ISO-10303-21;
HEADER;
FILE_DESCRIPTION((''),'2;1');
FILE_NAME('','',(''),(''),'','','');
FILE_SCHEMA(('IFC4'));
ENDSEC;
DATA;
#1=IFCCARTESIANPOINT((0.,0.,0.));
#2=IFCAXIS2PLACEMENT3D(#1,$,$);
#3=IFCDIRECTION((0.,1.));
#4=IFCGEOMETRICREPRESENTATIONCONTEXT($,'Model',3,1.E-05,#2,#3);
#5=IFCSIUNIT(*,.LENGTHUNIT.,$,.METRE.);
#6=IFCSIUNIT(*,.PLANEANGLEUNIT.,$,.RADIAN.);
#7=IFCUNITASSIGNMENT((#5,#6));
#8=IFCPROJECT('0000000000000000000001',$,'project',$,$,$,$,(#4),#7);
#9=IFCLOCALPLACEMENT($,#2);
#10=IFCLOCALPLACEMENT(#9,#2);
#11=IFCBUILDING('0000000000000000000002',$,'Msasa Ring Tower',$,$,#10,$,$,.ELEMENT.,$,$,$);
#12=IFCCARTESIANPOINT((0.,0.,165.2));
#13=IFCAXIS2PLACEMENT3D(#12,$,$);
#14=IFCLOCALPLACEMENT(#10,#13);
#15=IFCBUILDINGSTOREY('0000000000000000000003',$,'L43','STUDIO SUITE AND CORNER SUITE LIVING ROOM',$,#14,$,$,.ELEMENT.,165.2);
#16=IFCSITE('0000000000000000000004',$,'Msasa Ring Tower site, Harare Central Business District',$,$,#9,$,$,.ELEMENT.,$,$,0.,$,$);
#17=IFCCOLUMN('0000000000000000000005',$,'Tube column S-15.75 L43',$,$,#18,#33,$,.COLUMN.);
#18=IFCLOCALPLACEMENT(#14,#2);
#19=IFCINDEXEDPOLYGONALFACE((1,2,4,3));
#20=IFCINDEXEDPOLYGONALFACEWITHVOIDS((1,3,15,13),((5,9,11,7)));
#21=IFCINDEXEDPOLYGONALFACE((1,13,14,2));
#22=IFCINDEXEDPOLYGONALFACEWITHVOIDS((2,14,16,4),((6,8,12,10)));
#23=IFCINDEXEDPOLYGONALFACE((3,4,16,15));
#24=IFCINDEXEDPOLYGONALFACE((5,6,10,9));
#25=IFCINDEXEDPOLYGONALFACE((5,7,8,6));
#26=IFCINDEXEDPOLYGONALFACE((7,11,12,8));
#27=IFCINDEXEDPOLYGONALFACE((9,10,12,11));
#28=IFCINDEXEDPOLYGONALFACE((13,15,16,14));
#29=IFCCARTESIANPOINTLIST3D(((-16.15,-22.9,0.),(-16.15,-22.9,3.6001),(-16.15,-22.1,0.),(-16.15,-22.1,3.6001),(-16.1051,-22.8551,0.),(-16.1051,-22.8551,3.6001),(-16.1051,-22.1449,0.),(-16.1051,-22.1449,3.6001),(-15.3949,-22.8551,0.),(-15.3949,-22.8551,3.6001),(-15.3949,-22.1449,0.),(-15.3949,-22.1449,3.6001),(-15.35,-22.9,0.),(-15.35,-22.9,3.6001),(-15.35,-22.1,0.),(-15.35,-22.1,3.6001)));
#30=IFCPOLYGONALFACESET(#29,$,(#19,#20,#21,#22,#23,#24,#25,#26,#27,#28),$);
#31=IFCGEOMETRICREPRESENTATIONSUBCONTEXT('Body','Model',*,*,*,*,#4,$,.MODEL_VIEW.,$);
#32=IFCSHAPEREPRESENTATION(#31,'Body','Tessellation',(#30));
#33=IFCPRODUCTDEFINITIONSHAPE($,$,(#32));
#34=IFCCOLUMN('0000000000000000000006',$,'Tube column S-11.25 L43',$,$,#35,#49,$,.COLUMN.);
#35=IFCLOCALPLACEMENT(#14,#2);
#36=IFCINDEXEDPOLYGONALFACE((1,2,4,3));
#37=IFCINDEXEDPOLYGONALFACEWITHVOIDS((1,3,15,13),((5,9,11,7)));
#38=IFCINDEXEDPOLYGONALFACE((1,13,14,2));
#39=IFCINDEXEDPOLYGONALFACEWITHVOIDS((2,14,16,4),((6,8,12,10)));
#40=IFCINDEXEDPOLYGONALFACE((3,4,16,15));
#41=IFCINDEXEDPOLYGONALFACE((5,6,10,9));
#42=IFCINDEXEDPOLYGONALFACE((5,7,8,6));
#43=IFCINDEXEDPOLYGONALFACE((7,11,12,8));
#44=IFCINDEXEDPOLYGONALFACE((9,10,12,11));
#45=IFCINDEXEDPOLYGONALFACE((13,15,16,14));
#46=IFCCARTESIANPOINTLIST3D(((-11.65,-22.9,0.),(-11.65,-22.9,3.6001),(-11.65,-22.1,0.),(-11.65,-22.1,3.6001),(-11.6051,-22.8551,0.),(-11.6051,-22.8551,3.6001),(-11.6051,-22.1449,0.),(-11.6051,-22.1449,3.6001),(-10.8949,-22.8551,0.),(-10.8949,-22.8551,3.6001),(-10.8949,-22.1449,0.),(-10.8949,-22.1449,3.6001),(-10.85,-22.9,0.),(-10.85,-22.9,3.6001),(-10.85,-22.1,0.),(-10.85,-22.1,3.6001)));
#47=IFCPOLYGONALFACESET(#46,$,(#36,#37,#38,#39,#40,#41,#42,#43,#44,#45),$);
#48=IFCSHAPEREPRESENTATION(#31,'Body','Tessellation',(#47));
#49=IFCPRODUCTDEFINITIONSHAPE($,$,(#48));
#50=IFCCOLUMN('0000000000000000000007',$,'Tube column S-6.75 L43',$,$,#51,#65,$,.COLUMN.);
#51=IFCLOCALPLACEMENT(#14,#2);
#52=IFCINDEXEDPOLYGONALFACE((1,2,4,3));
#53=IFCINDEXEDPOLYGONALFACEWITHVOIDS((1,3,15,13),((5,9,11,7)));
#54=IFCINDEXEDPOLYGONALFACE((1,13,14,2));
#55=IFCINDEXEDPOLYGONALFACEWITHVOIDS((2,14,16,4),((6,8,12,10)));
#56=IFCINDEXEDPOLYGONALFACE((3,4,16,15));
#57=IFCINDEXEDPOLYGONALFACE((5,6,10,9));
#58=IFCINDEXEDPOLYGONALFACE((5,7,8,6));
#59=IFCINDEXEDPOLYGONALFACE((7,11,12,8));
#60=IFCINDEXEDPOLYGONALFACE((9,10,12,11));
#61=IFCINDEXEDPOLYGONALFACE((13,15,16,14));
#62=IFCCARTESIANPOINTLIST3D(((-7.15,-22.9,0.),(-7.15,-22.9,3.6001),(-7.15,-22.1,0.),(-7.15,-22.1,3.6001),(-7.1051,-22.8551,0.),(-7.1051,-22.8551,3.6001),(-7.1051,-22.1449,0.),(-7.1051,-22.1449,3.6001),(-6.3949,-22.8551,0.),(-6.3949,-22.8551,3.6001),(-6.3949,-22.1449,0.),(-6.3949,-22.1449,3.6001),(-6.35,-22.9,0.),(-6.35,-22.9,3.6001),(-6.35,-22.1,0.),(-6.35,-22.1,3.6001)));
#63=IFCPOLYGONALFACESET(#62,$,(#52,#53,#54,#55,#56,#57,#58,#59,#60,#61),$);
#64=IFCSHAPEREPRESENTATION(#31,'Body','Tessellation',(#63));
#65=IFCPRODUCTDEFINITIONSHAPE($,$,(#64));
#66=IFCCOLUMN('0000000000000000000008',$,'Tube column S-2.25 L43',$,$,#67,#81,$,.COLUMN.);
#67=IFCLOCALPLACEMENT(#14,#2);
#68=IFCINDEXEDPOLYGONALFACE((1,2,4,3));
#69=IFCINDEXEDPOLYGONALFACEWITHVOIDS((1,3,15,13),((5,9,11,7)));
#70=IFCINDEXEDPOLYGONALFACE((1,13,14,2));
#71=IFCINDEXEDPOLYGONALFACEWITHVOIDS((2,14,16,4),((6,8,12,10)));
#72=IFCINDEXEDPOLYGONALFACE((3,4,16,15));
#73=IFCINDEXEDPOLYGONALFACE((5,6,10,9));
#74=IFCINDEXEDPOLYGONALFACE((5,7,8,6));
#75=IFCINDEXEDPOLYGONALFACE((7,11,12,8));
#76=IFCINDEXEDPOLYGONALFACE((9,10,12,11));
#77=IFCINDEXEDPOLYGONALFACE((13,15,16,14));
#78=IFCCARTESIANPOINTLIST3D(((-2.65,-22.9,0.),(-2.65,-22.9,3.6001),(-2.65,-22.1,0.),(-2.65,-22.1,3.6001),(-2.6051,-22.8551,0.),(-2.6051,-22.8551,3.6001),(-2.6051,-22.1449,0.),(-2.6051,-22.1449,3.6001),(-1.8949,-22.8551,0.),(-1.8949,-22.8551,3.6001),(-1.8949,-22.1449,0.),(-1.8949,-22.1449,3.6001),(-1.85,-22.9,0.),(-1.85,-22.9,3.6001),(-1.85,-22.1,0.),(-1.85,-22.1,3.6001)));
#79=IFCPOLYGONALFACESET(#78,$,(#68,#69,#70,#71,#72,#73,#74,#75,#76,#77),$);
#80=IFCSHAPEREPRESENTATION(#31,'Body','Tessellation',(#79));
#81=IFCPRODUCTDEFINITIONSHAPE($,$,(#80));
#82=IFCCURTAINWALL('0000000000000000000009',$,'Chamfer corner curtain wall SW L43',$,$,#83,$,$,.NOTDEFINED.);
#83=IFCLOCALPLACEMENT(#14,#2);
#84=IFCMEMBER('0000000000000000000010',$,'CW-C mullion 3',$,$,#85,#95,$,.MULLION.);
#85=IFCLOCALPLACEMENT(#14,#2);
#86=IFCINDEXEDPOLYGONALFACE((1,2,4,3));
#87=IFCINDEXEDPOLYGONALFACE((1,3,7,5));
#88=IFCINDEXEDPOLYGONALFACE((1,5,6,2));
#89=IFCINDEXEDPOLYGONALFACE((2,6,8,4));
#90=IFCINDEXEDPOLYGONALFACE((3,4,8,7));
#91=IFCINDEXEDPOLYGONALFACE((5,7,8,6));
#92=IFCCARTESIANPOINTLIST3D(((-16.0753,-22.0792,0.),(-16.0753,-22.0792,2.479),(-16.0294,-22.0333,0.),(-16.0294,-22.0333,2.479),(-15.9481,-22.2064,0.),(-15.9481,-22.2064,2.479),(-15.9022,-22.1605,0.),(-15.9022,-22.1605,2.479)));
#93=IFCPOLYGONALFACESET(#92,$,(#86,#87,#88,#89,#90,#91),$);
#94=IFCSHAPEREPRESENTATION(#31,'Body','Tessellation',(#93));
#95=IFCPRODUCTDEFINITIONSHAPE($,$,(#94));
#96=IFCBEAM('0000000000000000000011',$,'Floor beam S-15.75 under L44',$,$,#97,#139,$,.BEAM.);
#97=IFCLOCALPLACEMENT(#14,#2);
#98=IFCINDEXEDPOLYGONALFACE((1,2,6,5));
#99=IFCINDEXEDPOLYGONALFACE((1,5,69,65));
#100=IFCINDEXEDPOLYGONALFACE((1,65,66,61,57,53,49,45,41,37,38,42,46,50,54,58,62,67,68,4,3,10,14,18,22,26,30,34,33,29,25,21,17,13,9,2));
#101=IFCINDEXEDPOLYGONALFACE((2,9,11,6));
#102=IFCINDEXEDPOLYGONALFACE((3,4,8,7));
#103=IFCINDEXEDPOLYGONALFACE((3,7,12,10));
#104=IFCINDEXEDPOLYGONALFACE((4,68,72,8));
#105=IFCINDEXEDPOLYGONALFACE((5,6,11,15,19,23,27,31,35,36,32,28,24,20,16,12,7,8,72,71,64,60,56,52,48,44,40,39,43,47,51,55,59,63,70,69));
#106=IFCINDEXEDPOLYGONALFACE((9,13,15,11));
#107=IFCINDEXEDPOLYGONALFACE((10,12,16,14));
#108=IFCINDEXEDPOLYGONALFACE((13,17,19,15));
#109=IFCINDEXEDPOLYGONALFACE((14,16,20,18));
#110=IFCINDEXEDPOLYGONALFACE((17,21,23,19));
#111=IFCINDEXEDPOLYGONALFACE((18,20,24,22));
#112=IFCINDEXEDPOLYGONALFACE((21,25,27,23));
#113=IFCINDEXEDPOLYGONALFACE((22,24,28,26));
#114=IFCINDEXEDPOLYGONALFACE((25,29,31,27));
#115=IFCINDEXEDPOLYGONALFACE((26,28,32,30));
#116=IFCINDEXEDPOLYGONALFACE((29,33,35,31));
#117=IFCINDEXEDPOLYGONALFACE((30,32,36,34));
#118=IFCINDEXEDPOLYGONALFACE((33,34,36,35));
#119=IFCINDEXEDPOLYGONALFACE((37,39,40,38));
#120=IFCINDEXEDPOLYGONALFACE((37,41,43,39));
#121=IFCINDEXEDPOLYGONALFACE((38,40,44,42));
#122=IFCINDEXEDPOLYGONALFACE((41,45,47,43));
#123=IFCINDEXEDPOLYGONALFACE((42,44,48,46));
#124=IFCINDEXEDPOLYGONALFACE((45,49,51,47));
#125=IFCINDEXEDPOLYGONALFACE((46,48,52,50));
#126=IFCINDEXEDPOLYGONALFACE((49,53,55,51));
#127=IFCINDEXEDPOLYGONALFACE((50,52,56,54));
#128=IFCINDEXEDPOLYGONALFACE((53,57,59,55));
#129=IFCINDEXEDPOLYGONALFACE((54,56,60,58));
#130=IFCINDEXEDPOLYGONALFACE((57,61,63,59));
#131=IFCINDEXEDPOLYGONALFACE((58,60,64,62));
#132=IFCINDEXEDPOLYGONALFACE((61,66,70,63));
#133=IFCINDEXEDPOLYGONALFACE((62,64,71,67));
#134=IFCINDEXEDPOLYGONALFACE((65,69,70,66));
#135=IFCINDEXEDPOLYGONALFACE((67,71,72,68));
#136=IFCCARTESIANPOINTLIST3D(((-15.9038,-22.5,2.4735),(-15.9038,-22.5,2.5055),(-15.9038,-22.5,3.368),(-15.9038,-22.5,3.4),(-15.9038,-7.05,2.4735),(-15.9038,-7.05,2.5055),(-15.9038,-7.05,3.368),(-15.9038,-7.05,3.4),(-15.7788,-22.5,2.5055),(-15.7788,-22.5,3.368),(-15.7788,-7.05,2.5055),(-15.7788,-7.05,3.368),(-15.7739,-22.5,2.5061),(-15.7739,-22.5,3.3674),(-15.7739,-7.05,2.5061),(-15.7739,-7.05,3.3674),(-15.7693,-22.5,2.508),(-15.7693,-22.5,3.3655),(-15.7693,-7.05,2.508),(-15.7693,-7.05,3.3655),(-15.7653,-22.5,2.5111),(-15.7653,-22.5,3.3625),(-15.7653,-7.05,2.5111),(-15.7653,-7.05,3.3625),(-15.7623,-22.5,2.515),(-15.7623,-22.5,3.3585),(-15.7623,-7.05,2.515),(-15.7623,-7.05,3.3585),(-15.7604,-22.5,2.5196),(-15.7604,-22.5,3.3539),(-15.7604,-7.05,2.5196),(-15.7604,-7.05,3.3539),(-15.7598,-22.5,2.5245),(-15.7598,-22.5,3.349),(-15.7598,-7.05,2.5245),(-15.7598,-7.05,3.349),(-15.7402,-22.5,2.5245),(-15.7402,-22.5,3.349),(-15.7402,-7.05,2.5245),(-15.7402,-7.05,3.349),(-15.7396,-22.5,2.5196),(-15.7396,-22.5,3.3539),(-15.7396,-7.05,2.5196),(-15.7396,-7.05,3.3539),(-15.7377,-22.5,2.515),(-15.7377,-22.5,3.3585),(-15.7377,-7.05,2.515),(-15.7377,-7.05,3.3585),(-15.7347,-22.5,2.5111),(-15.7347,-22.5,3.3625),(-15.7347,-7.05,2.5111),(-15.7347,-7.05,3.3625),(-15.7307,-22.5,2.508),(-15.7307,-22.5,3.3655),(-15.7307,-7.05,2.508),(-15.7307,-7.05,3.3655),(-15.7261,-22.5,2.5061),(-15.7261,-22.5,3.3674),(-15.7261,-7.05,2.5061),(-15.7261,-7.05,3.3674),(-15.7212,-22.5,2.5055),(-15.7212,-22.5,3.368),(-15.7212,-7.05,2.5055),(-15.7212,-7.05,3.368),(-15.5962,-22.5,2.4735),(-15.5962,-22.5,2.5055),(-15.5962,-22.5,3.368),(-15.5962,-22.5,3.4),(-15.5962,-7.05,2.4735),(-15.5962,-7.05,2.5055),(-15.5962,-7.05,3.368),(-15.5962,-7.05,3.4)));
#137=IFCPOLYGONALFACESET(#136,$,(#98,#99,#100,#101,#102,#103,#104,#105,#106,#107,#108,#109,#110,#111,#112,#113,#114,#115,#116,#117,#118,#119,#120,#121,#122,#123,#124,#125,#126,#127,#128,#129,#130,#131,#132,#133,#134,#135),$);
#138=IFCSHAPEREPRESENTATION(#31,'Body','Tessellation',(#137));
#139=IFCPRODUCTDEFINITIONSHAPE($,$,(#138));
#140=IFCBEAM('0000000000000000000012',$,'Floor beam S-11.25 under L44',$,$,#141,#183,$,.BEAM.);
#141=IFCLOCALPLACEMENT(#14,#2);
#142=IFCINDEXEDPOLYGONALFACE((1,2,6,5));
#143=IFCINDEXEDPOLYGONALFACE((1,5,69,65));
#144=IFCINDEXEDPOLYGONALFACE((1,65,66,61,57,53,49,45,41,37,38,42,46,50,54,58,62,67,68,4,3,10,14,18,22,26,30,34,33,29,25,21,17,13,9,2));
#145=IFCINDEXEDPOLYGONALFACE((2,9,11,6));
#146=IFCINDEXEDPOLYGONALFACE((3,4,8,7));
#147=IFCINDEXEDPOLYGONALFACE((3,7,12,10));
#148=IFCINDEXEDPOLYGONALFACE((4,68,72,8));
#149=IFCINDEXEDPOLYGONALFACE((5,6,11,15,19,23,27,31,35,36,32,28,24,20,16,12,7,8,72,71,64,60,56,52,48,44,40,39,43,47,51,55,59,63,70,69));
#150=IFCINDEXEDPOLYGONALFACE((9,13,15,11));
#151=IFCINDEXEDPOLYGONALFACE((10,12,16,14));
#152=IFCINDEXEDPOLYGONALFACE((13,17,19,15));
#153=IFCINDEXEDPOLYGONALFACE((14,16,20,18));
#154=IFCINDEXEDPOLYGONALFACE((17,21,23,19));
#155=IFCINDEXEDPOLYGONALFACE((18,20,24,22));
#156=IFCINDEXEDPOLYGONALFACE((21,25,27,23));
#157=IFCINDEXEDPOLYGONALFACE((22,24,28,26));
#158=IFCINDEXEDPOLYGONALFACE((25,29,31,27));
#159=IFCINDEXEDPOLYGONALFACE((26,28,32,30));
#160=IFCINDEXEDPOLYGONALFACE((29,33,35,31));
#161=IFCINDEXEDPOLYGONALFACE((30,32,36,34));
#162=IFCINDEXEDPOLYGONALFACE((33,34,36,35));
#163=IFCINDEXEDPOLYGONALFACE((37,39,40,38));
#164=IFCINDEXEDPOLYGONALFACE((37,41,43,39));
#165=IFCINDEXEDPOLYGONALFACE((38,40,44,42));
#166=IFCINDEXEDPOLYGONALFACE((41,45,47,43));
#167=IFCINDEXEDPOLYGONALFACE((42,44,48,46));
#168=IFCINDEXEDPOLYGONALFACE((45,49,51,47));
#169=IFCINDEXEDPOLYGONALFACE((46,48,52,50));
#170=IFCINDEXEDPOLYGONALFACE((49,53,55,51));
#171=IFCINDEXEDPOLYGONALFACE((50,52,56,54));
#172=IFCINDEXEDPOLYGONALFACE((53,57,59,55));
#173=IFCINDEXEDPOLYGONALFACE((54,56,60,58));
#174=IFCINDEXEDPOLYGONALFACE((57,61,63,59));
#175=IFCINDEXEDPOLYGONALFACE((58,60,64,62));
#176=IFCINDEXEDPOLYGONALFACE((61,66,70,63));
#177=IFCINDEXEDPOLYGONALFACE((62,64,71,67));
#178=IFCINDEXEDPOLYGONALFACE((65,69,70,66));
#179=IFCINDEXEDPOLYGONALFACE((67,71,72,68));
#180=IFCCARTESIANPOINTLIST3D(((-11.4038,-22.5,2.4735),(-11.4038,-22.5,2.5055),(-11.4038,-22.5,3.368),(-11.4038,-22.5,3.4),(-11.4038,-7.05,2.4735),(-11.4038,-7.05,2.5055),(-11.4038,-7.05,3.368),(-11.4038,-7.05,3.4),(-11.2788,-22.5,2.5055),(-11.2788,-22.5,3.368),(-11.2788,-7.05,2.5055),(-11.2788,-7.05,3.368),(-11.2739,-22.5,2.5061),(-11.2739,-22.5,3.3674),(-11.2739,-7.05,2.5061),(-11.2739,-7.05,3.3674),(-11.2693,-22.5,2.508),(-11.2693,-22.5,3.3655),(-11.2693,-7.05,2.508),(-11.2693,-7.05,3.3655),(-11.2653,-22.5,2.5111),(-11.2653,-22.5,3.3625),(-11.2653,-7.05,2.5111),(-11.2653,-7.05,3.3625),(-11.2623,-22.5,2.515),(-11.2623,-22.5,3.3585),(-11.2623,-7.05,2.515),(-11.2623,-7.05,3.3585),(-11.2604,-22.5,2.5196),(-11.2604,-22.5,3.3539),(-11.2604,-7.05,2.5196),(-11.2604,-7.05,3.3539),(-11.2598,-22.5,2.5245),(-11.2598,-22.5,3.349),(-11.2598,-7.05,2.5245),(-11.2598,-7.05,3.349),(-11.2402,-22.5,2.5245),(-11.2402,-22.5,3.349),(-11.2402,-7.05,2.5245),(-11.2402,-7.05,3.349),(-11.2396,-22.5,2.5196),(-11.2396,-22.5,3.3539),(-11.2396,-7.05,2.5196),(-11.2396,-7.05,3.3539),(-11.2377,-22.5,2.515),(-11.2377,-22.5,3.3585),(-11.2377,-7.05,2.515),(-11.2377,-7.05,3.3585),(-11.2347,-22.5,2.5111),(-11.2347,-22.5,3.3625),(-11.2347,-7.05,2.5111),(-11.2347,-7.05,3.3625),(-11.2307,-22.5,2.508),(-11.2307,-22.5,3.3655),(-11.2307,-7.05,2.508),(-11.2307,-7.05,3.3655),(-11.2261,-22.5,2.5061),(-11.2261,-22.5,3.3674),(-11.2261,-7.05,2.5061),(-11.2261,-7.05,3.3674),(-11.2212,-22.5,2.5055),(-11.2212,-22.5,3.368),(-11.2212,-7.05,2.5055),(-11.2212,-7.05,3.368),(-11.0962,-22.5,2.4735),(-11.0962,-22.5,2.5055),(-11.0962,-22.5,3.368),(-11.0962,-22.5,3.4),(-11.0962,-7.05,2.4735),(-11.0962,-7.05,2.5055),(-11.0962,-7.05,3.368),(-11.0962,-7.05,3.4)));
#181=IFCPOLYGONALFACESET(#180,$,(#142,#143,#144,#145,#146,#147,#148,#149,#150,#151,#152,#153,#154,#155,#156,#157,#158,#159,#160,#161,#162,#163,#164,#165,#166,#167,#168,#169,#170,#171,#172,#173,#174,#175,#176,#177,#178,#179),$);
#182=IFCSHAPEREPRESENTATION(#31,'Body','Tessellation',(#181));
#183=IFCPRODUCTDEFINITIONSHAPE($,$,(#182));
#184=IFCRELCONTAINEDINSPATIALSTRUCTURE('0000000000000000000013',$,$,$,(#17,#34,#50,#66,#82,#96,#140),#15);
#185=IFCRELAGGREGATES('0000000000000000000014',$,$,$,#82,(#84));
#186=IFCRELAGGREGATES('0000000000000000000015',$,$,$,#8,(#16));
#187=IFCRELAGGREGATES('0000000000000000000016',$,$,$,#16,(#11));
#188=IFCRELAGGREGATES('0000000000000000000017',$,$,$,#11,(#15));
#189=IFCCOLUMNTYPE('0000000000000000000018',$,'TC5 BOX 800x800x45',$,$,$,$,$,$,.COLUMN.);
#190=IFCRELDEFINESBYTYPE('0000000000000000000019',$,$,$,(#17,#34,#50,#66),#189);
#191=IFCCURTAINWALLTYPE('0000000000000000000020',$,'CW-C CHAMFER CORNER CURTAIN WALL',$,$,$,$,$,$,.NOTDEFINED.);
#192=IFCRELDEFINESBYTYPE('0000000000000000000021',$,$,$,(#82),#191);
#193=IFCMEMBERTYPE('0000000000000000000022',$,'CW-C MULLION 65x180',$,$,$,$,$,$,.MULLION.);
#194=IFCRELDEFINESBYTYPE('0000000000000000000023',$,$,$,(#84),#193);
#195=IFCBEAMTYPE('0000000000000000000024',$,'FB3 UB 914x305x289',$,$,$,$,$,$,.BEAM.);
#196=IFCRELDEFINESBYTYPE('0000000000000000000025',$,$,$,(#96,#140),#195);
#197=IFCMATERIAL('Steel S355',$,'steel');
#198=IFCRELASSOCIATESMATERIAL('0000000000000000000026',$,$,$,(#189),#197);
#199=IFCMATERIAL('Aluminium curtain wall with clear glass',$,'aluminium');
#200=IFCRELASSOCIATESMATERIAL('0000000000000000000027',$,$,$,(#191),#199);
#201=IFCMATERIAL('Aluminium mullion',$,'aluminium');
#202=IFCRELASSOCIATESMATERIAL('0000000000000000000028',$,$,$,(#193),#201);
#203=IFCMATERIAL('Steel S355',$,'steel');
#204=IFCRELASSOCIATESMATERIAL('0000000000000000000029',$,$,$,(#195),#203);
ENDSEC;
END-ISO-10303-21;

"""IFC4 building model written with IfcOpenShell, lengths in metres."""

from ifc_helpers import new_model, si_unit, direction, frame, origin, origin_2d, place, context, subcontext, project, spatial, rectangle, hollow_rectangle, i_section, extrude, material, material_profile, profile_set, type_object, element, aggregate, save


model = new_model("IFC4")

# Units and contexts
model_context = context("Model", 3, precision=1e-05, world=origin(), true_north=direction((0.0, 1.0)))
body_context = subcontext(model_context, "Body", "Model", "MODEL_VIEW")
ifc_project = project(units=[si_unit("LENGTHUNIT", "METRE"), si_unit("PLANEANGLEUNIT", "RADIAN")], contexts=[model_context])

# Site, building, storey
site_placement = place(None, origin())
site = spatial("IfcSite", under=ifc_project, at=site_placement, Name="Msasa Ring Tower site, Harare Central Business District", CompositionType="ELEMENT", RefElevation=0.0)
building_placement = place(site_placement, origin())
building = spatial("IfcBuilding", under=site, at=building_placement, Name="Msasa Ring Tower", CompositionType="ELEMENT")
storey_placement = place(building_placement, frame((0.0, 0.0, 165.2)))
storey = spatial("IfcBuildingStorey", under=building, at=storey_placement, Name="L43", Description="STUDIO SUITE AND CORNER SUITE LIVING ROOM", CompositionType="ELEMENT", Elevation=165.2)

# Columns
ifc_material_1 = material(Name="Steel S355", Category="steel")
ifc_material_profile_1 = material_profile(ifc_material_1, hollow_rectangle(XDim=0.8, YDim=0.8, WallThickness=0.0449, at=origin_2d()), Name="BOX 800x800x45")
ifc_profile_set_1 = profile_set([ifc_material_profile_1], Name="Steel S355")
column_type = type_object("IfcColumnType", Name="TC5 BOX 800x800x45", PredefinedType="COLUMN", material=ifc_profile_set_1)
for number, where, z_axis, x_axis, name in (
    (1, (-15.75, -22.5, 0.0), (0.0, 0.0, 1.0), (0.0, 1.0, 0.0), "Tube column S-15.75 L43"),
    (2, (-11.25, -22.5, 0.0), (0.0, 0.0, 1.0), (0.0, 1.0, 0.0), "Tube column S-11.25 L43"),
    (3, (-6.75, -22.5, 0.0), (0.0, 0.0, 1.0), (0.0, 1.0, 0.0), "Tube column S-6.75 L43"),
    (4, (-2.25, -22.5, 0.0), (0.0, 0.0, 1.0), (0.0, 1.0, 0.0), "Tube column S-2.25 L43"),
):
    element("IfcColumn", number, at=place(storey_placement, frame(where, z_axis=z_axis, x_axis=x_axis)), inside=storey, type_object=column_type, Name=name, PredefinedType="COLUMN", context=body_context, shape_type="SweptSolid", body=[
        extrude(hollow_rectangle(XDim=0.8, YDim=0.8, WallThickness=0.0449, at=origin_2d()), origin(), (0.0, 0.0, 1.0), 3.6001),
    ])

# Curtain wall, member
ifc_material_2 = material(Name="Aluminium curtain wall with clear glass", Category="aluminium")
curtain_wall_type = type_object("IfcCurtainWallType", Name="CW-C CHAMFER CORNER CURTAIN WALL", PredefinedType="NOTDEFINED", material=ifc_material_2)
curtain_wall_placement = place(storey_placement, origin())
curtain_wall = element("IfcCurtainWall", 5, at=curtain_wall_placement, inside=storey, type_object=curtain_wall_type, Name="Chamfer corner curtain wall SW L43", PredefinedType="NOTDEFINED")
ifc_material_3 = material(Name="Aluminium mullion", Category="aluminium")
ifc_material_profile_2 = material_profile(ifc_material_3, rectangle(XDim=0.0649, YDim=0.1799, at=origin_2d()), Name="AL 65x180")
ifc_profile_set_2 = profile_set([ifc_material_profile_2], Name="Aluminium mullion")
member_type = type_object("IfcMemberType", Name="CW-C MULLION 65x180", PredefinedType="MULLION", material=ifc_profile_set_2)
member_placement = place(storey_placement, frame((-15.9888, -22.1199, 0.0), z_axis=(0.0, 0.0, 1.0), x_axis=(0.707107, 0.707107, 0.0)))
member = element("IfcMember", 6, at=member_placement, type_object=member_type, Name="CW-C mullion 3", PredefinedType="MULLION", context=body_context, shape_type="SweptSolid", body=[
    extrude(rectangle(XDim=0.0649, YDim=0.1799, at=origin_2d()), origin(), (0.0, 0.0, 1.0), 2.479),
])

# Beams
ifc_material_4 = material(Name="Steel S355", Category="steel")
ifc_material_profile_3 = material_profile(ifc_material_4, i_section(OverallWidth=0.3076, OverallDepth=0.9265, WebThickness=0.0195, FlangeThickness=0.032, FilletRadius=0.019, at=origin_2d()), Name="UB 914x305x289")
ifc_profile_set_3 = profile_set([ifc_material_profile_3], Name="Steel S355")
beam_type_1 = type_object("IfcBeamType", Name="FB3 UB 914x305x289", PredefinedType="BEAM", material=ifc_profile_set_3)
for number, where, z_axis, x_axis, name in (
    (7, (-15.75, -22.5, 2.9368), (0.0, 1.0, 0.0), (-1.0, 0.0, 0.0), "Floor beam S-15.75 under L44"),
    (8, (-11.25, -22.5, 2.9368), (0.0, 1.0, 0.0), (-1.0, 0.0, 0.0), "Floor beam S-11.25 under L44"),
):
    element("IfcBeam", number, at=place(storey_placement, frame(where, z_axis=z_axis, x_axis=x_axis)), inside=storey, type_object=beam_type_1, Name=name, PredefinedType="BEAM", context=body_context, shape_type="SweptSolid", body=[
        extrude(i_section(OverallWidth=0.3076, OverallDepth=0.9265, WebThickness=0.0195, FlangeThickness=0.032, FilletRadius=0.019, at=origin_2d()), origin(), (0.0, 0.0, 1.0), 15.45),
    ])

aggregate(curtain_wall, [member])

save(model, "model.ifc")
